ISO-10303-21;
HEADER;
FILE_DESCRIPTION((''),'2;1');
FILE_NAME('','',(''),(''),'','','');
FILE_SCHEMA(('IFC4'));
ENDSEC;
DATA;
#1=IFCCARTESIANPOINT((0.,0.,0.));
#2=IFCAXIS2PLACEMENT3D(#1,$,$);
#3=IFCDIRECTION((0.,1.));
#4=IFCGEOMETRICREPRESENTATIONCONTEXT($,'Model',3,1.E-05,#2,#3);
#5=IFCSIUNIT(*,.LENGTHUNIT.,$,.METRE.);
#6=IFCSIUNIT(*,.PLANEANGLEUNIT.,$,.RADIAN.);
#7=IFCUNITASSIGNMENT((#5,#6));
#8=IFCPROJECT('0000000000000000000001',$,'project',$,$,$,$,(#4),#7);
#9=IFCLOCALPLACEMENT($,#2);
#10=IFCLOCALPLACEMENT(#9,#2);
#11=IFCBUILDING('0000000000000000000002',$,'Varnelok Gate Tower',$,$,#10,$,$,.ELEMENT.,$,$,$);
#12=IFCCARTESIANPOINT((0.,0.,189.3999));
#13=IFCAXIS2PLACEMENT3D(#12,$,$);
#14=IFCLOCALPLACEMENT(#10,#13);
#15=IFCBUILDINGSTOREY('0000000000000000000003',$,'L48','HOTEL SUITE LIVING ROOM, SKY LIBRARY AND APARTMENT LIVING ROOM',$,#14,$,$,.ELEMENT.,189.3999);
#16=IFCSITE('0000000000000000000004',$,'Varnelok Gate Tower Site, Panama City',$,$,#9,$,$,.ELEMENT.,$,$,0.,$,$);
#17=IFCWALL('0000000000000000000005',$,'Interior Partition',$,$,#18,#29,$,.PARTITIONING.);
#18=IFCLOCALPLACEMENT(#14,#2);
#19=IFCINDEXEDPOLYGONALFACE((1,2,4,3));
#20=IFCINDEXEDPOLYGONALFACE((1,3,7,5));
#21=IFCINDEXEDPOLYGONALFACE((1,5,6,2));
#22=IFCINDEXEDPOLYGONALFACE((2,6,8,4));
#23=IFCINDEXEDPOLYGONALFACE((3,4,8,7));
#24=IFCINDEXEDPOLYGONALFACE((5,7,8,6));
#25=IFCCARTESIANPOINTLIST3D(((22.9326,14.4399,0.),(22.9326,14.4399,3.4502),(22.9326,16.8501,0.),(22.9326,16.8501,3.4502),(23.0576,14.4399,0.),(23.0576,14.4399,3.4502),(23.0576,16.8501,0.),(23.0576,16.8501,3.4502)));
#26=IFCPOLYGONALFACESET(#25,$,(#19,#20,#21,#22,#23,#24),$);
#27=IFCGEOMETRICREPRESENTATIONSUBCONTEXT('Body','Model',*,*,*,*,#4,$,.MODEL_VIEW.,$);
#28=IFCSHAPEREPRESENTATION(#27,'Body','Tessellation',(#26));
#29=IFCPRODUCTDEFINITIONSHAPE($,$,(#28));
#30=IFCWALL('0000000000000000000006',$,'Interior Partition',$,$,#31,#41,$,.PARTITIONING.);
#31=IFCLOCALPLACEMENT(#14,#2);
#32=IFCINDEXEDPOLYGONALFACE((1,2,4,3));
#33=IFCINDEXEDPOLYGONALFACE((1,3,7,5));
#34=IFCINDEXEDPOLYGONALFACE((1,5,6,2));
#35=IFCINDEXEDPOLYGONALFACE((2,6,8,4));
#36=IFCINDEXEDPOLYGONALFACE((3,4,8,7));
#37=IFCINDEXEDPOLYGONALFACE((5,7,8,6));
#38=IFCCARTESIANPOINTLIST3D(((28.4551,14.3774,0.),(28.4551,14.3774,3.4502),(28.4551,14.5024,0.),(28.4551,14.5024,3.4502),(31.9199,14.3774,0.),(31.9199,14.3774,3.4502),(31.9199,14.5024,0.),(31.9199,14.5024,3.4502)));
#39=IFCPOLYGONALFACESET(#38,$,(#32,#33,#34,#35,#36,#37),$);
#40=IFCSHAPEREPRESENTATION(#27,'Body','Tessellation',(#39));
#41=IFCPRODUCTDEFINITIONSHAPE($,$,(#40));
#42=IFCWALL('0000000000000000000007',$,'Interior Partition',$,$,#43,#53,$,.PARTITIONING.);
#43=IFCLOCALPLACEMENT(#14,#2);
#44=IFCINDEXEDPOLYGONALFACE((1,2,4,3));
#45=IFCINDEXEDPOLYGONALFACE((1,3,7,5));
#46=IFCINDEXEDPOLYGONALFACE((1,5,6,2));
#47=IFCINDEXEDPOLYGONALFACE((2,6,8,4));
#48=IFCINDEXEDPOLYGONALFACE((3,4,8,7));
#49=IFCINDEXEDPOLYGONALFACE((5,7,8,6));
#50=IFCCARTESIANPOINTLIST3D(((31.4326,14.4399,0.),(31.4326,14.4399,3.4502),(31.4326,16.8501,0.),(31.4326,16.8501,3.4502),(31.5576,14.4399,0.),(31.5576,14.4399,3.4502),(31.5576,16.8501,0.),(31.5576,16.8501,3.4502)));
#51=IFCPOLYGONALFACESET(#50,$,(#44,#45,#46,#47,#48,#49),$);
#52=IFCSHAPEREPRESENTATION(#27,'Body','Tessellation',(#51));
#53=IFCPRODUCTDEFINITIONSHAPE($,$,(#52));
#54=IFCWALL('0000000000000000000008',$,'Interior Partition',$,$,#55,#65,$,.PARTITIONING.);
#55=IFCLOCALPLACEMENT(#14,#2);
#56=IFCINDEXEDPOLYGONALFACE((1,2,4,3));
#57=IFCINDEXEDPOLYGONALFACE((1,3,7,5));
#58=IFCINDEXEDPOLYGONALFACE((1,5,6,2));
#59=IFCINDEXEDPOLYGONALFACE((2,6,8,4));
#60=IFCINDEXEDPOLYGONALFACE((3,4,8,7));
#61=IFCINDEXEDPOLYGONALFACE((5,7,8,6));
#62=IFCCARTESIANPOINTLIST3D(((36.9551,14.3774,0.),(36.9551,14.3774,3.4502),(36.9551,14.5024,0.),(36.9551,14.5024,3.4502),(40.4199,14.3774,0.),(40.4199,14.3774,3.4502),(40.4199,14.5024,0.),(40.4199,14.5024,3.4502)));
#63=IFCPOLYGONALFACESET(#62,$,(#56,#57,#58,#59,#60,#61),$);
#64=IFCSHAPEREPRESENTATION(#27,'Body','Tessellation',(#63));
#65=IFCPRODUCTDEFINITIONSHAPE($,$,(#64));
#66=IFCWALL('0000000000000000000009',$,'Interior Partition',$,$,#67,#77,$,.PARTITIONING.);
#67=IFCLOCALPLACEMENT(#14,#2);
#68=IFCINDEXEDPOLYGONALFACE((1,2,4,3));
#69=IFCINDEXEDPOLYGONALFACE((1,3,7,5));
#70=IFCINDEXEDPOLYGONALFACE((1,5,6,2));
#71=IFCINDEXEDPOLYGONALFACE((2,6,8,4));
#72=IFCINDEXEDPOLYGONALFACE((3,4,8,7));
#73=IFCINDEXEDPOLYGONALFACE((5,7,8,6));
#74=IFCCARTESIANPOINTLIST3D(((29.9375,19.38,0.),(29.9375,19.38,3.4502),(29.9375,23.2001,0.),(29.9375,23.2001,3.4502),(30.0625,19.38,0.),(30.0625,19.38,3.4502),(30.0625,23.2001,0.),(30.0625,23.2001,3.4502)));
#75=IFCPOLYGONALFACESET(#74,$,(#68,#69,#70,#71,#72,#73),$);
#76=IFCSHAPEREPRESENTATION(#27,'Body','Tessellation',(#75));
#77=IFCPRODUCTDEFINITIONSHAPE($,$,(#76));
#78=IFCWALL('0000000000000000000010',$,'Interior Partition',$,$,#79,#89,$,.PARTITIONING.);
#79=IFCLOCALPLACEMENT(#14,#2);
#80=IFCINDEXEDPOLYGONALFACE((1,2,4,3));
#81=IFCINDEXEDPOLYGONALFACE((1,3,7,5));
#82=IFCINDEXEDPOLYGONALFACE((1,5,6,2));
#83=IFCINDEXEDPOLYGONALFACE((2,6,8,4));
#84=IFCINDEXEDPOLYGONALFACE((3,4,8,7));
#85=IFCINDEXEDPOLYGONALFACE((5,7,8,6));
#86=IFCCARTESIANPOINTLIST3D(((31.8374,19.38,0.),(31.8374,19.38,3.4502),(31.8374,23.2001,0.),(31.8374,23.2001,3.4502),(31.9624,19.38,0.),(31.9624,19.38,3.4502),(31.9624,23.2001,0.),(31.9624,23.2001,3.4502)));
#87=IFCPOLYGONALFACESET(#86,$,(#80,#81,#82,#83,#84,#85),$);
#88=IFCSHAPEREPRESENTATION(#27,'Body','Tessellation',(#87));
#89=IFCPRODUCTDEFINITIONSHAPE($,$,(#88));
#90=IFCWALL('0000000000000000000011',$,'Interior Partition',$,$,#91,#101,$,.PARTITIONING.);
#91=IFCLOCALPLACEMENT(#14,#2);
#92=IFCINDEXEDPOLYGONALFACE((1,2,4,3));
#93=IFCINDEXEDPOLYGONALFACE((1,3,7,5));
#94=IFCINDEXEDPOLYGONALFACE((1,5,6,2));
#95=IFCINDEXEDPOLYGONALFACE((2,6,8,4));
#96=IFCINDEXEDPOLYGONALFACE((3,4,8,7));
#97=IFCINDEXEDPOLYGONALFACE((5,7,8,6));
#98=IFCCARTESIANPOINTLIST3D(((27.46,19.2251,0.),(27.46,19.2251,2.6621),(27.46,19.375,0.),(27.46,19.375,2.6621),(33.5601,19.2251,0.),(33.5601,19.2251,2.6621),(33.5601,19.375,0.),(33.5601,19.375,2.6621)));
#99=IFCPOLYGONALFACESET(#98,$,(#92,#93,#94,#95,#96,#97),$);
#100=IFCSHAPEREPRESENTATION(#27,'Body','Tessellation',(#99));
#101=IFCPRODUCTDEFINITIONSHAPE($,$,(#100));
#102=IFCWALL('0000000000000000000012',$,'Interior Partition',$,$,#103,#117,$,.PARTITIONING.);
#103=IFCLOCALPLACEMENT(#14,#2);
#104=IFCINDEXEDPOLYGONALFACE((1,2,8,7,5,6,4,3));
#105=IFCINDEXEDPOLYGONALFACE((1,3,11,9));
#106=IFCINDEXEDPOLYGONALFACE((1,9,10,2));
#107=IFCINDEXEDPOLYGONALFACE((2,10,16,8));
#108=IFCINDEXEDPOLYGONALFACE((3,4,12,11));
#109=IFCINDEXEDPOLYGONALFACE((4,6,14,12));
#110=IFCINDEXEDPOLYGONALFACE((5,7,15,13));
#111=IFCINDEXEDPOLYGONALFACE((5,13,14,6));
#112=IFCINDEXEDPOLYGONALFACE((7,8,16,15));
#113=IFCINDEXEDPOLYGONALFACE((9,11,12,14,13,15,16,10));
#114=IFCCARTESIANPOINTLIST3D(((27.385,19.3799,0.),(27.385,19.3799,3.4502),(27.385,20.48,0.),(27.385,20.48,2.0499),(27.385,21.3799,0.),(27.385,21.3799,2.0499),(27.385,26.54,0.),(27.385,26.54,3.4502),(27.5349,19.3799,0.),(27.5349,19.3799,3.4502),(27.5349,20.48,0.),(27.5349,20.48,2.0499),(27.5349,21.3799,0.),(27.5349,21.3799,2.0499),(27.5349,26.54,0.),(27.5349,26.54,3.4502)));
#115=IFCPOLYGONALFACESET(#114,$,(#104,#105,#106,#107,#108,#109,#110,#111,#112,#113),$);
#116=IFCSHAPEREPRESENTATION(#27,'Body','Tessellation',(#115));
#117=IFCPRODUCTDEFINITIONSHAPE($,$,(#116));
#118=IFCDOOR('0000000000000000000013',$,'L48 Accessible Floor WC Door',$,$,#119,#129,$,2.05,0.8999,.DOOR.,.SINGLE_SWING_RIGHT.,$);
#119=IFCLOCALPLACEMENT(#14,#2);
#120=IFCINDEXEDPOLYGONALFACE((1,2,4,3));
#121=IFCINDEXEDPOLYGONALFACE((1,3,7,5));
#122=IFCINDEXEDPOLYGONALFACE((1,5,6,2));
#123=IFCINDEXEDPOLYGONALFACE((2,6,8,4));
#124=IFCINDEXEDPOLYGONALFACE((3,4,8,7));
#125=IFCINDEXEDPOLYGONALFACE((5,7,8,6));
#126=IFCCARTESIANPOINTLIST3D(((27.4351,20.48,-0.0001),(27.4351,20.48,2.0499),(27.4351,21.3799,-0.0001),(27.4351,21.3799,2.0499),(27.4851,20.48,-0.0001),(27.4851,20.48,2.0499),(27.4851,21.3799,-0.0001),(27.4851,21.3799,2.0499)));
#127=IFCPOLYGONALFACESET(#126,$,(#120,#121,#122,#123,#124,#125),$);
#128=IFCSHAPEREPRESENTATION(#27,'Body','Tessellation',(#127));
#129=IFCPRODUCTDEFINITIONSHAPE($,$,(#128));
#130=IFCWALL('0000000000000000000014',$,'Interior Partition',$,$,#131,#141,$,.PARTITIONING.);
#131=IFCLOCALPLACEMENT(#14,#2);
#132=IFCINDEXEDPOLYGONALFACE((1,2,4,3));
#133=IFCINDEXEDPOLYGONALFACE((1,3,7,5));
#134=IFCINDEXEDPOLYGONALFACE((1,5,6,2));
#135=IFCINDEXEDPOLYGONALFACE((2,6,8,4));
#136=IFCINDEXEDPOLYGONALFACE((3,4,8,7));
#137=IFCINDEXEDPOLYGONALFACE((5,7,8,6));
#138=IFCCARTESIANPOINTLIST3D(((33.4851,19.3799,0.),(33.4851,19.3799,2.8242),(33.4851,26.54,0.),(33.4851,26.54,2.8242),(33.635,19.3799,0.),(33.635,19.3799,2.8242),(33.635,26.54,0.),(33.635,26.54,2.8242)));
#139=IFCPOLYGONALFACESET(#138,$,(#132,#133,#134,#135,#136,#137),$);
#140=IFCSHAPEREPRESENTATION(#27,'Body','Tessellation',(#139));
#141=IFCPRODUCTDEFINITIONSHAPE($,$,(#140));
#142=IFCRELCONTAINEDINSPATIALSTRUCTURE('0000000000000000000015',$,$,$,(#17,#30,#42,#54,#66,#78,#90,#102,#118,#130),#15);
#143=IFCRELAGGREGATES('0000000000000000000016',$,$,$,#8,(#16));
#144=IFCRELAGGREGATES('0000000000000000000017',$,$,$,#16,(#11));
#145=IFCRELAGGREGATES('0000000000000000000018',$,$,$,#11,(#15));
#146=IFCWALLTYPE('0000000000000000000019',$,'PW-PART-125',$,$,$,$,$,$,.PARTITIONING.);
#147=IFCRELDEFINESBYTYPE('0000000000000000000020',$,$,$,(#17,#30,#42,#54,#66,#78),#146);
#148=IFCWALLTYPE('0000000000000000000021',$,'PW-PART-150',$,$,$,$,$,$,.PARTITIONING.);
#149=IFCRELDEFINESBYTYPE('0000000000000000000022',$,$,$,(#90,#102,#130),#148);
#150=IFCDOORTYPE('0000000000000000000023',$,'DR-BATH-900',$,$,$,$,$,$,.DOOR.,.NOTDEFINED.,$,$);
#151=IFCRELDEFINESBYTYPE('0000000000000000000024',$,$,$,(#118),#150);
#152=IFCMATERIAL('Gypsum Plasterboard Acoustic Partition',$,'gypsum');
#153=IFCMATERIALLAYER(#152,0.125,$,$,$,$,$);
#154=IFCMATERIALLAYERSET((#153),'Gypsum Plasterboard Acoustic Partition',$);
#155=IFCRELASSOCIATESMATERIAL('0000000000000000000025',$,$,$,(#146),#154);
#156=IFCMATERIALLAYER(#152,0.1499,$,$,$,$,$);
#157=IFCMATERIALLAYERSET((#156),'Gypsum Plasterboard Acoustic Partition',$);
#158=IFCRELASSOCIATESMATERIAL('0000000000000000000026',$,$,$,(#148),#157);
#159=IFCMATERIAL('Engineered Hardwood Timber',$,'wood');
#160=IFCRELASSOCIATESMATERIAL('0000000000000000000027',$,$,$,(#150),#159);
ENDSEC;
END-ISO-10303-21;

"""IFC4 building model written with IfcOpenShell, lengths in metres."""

from ifc_helpers import new_model, si_unit, direction, frame, frame_2d, origin, place, context, subcontext, project, spatial, rectangle, extrude, material, layer, layer_set, type_object, element, fill, save


model = new_model("IFC4")

# Units and contexts
model_context = context("Model", 3, precision=1e-05, world=origin(), true_north=direction((0.0, 1.0)))
body_context = subcontext(model_context, "Body", "Model", "MODEL_VIEW")
ifc_project = project(units=[si_unit("LENGTHUNIT", "METRE"), si_unit("PLANEANGLEUNIT", "RADIAN")], contexts=[model_context])

# Site, building, storey
site_placement = place(None, origin())
site = spatial("IfcSite", under=ifc_project, at=site_placement, Name="Varnelok Gate Tower Site, Panama City", CompositionType="ELEMENT", RefElevation=0.0)
building_placement = place(site_placement, origin())
building = spatial("IfcBuilding", under=site, at=building_placement, Name="Varnelok Gate Tower", CompositionType="ELEMENT")
storey_placement = place(building_placement, frame((0.0, 0.0, 189.3999)))
storey = spatial("IfcBuildingStorey", under=building, at=storey_placement, Name="L48", Description="HOTEL SUITE LIVING ROOM, SKY LIBRARY AND APARTMENT LIVING ROOM", CompositionType="ELEMENT", Elevation=189.3999)

# Shared definitions
ifc_material_1 = material(Name="Gypsum Plasterboard Acoustic Partition", Category="gypsum")
ifc_material_2 = material(Name="Engineered Hardwood Timber", Category="wood")

# Walls
ifc_layer_1 = layer(ifc_material_1, 0.125)
ifc_layer_set_1 = layer_set([ifc_layer_1], Name="Gypsum Plasterboard Acoustic Partition")
wall_type_1 = type_object("IfcWallType", Name="PW-PART-125", PredefinedType="PARTITIONING", material=ifc_layer_set_1)
wall_1_placement = place(storey_placement, frame((22.9951, 14.4399, 0.0), z_axis=(0.0, 0.0, 1.0), x_axis=(0.0, 1.0, 0.0)))
element("IfcWall", 1, at=wall_1_placement, inside=storey, type_object=wall_type_1, Name="Interior Partition", PredefinedType="PARTITIONING", context=body_context, shape_type="SweptSolid", body=[
    extrude(rectangle(XDim=2.4102, YDim=0.125, at=frame_2d((1.2051, 0.0))), origin(), (0.0, 0.0, 1.0), 3.4502),
])
wall_2_placement = place(storey_placement, frame((28.4551, 14.4399, 0.0), z_axis=(0.0, 0.0, 1.0), x_axis=(1.0, 0.0, 0.0)))
element("IfcWall", 2, at=wall_2_placement, inside=storey, type_object=wall_type_1, Name="Interior Partition", PredefinedType="PARTITIONING", context=body_context, shape_type="SweptSolid", body=[
    extrude(rectangle(XDim=3.4648, YDim=0.125, at=frame_2d((1.7324, 0.0))), origin(), (0.0, 0.0, 1.0), 3.4502),
])
wall_3_placement = place(storey_placement, frame((31.4951, 14.4399, 0.0), z_axis=(0.0, 0.0, 1.0), x_axis=(0.0, 1.0, 0.0)))
element("IfcWall", 3, at=wall_3_placement, inside=storey, type_object=wall_type_1, Name="Interior Partition", PredefinedType="PARTITIONING", context=body_context, shape_type="SweptSolid", body=[
    extrude(rectangle(XDim=2.4102, YDim=0.125, at=frame_2d((1.2051, 0.0))), origin(), (0.0, 0.0, 1.0), 3.4502),
])
wall_4_placement = place(storey_placement, frame((36.9551, 14.4399, 0.0), z_axis=(0.0, 0.0, 1.0), x_axis=(1.0, 0.0, 0.0)))
element("IfcWall", 4, at=wall_4_placement, inside=storey, type_object=wall_type_1, Name="Interior Partition", PredefinedType="PARTITIONING", context=body_context, shape_type="SweptSolid", body=[
    extrude(rectangle(XDim=3.4648, YDim=0.125, at=frame_2d((1.7324, 0.0))), origin(), (0.0, 0.0, 1.0), 3.4502),
])
for number, where, z_axis, x_axis, name in (
    (5, (30.0, 19.3799, 0.0), (0.0, 0.0, 1.0), (0.0, 1.0, 0.0), "Interior Partition"),
    (6, (31.8999, 19.3799, 0.0), (0.0, 0.0, 1.0), (0.0, 1.0, 0.0), "Interior Partition"),
):
    element("IfcWall", number, at=place(storey_placement, frame(where, z_axis=z_axis, x_axis=x_axis)), inside=storey, type_object=wall_type_1, Name=name, PredefinedType="PARTITIONING", context=body_context, shape_type="SweptSolid", body=[
        extrude(rectangle(XDim=3.8201, YDim=0.125, at=frame_2d((1.9102, 0.0))), origin(), (0.0, 0.0, 1.0), 3.4502),
    ])
ifc_layer_2 = layer(ifc_material_1, 0.1499)
ifc_layer_set_2 = layer_set([ifc_layer_2], Name="Gypsum Plasterboard Acoustic Partition")
wall_type_2 = type_object("IfcWallType", Name="PW-PART-150", PredefinedType="PARTITIONING", material=ifc_layer_set_2)
wall_5_placement = place(storey_placement, frame((27.46, 19.3, 0.0), z_axis=(0.0, 0.0, 1.0), x_axis=(1.0, 0.0, 0.0)))
element("IfcWall", 7, at=wall_5_placement, inside=storey, type_object=wall_type_2, Name="Interior Partition", PredefinedType="PARTITIONING", context=body_context, shape_type="SweptSolid", body=[
    extrude(rectangle(XDim=6.1001, YDim=0.1499, at=frame_2d((3.05, 0.0))), origin(), (0.0, 0.0, 1.0), 2.6621),
])

# Wall, opening, door
wall_6_placement = place(storey_placement, frame((27.46, 19.3799, 0.0), z_axis=(0.0, 0.0, 1.0), x_axis=(0.0, 1.0, 0.0)))
wall_6 = element("IfcWall", 8, at=wall_6_placement, inside=storey, type_object=wall_type_2, Name="Interior Partition", PredefinedType="PARTITIONING", context=body_context, shape_type="SweptSolid", body=[
    extrude(rectangle(XDim=7.1602, YDim=0.1499, at=frame_2d((3.5801, 0.0))), origin(), (0.0, 0.0, 1.0), 3.4502),
])
opening_1_placement = place(wall_6_placement, frame((1.1001, 0.0, 0.0)))
opening_1 = element("IfcOpeningElement", 9, at=opening_1_placement, cuts=wall_6, PredefinedType="OPENING", context=body_context, shape_type="SweptSolid", body=[
    extrude(rectangle(XDim=0.8999, YDim=2.05, at=frame_2d((0.45, 1.0249))), frame((0.0, 0.085, 0.0), z_axis=(0.0, -1.0, 0.0), x_axis=(1.0, 0.0, 0.0)), (0.0, 0.0, 1.0), 0.1699),
])
door_type_1 = type_object("IfcDoorType", Name="DR-BATH-900", OperationType="NOTDEFINED", PredefinedType="DOOR", material=ifc_material_2)
door_1_placement = place(opening_1_placement, origin())
door_1 = element("IfcDoor", 10, at=door_1_placement, inside=storey, type_object=door_type_1, Name="L48 Accessible Floor WC Door", OperationType="SINGLE_SWING_RIGHT", OverallHeight=2.05, OverallWidth=0.8999, PredefinedType="DOOR", context=body_context, shape_type="SweptSolid", body=[
    extrude(rectangle(XDim=0.8999, YDim=2.05, at=frame_2d((0.45, 1.0249))), frame((0.0, 0.0249, 0.0), z_axis=(0.0, -1.0, 0.0), x_axis=(1.0, 0.0, 0.0)), (0.0, 0.0, 1.0), 0.05),
])
fill(opening_1, door_1)

# Wall
wall_7_placement = place(storey_placement, frame((33.5601, 19.3799, 0.0), z_axis=(0.0, 0.0, 1.0), x_axis=(0.0, 1.0, 0.0)))
element("IfcWall", 11, at=wall_7_placement, inside=storey, type_object=wall_type_2, Name="Interior Partition", PredefinedType="PARTITIONING", context=body_context, shape_type="SweptSolid", body=[
    extrude(rectangle(XDim=7.1602, YDim=0.1499, at=frame_2d((3.5801, 0.0))), origin(), (0.0, 0.0, 1.0), 2.8242),
])

save(model, "model.ifc")
